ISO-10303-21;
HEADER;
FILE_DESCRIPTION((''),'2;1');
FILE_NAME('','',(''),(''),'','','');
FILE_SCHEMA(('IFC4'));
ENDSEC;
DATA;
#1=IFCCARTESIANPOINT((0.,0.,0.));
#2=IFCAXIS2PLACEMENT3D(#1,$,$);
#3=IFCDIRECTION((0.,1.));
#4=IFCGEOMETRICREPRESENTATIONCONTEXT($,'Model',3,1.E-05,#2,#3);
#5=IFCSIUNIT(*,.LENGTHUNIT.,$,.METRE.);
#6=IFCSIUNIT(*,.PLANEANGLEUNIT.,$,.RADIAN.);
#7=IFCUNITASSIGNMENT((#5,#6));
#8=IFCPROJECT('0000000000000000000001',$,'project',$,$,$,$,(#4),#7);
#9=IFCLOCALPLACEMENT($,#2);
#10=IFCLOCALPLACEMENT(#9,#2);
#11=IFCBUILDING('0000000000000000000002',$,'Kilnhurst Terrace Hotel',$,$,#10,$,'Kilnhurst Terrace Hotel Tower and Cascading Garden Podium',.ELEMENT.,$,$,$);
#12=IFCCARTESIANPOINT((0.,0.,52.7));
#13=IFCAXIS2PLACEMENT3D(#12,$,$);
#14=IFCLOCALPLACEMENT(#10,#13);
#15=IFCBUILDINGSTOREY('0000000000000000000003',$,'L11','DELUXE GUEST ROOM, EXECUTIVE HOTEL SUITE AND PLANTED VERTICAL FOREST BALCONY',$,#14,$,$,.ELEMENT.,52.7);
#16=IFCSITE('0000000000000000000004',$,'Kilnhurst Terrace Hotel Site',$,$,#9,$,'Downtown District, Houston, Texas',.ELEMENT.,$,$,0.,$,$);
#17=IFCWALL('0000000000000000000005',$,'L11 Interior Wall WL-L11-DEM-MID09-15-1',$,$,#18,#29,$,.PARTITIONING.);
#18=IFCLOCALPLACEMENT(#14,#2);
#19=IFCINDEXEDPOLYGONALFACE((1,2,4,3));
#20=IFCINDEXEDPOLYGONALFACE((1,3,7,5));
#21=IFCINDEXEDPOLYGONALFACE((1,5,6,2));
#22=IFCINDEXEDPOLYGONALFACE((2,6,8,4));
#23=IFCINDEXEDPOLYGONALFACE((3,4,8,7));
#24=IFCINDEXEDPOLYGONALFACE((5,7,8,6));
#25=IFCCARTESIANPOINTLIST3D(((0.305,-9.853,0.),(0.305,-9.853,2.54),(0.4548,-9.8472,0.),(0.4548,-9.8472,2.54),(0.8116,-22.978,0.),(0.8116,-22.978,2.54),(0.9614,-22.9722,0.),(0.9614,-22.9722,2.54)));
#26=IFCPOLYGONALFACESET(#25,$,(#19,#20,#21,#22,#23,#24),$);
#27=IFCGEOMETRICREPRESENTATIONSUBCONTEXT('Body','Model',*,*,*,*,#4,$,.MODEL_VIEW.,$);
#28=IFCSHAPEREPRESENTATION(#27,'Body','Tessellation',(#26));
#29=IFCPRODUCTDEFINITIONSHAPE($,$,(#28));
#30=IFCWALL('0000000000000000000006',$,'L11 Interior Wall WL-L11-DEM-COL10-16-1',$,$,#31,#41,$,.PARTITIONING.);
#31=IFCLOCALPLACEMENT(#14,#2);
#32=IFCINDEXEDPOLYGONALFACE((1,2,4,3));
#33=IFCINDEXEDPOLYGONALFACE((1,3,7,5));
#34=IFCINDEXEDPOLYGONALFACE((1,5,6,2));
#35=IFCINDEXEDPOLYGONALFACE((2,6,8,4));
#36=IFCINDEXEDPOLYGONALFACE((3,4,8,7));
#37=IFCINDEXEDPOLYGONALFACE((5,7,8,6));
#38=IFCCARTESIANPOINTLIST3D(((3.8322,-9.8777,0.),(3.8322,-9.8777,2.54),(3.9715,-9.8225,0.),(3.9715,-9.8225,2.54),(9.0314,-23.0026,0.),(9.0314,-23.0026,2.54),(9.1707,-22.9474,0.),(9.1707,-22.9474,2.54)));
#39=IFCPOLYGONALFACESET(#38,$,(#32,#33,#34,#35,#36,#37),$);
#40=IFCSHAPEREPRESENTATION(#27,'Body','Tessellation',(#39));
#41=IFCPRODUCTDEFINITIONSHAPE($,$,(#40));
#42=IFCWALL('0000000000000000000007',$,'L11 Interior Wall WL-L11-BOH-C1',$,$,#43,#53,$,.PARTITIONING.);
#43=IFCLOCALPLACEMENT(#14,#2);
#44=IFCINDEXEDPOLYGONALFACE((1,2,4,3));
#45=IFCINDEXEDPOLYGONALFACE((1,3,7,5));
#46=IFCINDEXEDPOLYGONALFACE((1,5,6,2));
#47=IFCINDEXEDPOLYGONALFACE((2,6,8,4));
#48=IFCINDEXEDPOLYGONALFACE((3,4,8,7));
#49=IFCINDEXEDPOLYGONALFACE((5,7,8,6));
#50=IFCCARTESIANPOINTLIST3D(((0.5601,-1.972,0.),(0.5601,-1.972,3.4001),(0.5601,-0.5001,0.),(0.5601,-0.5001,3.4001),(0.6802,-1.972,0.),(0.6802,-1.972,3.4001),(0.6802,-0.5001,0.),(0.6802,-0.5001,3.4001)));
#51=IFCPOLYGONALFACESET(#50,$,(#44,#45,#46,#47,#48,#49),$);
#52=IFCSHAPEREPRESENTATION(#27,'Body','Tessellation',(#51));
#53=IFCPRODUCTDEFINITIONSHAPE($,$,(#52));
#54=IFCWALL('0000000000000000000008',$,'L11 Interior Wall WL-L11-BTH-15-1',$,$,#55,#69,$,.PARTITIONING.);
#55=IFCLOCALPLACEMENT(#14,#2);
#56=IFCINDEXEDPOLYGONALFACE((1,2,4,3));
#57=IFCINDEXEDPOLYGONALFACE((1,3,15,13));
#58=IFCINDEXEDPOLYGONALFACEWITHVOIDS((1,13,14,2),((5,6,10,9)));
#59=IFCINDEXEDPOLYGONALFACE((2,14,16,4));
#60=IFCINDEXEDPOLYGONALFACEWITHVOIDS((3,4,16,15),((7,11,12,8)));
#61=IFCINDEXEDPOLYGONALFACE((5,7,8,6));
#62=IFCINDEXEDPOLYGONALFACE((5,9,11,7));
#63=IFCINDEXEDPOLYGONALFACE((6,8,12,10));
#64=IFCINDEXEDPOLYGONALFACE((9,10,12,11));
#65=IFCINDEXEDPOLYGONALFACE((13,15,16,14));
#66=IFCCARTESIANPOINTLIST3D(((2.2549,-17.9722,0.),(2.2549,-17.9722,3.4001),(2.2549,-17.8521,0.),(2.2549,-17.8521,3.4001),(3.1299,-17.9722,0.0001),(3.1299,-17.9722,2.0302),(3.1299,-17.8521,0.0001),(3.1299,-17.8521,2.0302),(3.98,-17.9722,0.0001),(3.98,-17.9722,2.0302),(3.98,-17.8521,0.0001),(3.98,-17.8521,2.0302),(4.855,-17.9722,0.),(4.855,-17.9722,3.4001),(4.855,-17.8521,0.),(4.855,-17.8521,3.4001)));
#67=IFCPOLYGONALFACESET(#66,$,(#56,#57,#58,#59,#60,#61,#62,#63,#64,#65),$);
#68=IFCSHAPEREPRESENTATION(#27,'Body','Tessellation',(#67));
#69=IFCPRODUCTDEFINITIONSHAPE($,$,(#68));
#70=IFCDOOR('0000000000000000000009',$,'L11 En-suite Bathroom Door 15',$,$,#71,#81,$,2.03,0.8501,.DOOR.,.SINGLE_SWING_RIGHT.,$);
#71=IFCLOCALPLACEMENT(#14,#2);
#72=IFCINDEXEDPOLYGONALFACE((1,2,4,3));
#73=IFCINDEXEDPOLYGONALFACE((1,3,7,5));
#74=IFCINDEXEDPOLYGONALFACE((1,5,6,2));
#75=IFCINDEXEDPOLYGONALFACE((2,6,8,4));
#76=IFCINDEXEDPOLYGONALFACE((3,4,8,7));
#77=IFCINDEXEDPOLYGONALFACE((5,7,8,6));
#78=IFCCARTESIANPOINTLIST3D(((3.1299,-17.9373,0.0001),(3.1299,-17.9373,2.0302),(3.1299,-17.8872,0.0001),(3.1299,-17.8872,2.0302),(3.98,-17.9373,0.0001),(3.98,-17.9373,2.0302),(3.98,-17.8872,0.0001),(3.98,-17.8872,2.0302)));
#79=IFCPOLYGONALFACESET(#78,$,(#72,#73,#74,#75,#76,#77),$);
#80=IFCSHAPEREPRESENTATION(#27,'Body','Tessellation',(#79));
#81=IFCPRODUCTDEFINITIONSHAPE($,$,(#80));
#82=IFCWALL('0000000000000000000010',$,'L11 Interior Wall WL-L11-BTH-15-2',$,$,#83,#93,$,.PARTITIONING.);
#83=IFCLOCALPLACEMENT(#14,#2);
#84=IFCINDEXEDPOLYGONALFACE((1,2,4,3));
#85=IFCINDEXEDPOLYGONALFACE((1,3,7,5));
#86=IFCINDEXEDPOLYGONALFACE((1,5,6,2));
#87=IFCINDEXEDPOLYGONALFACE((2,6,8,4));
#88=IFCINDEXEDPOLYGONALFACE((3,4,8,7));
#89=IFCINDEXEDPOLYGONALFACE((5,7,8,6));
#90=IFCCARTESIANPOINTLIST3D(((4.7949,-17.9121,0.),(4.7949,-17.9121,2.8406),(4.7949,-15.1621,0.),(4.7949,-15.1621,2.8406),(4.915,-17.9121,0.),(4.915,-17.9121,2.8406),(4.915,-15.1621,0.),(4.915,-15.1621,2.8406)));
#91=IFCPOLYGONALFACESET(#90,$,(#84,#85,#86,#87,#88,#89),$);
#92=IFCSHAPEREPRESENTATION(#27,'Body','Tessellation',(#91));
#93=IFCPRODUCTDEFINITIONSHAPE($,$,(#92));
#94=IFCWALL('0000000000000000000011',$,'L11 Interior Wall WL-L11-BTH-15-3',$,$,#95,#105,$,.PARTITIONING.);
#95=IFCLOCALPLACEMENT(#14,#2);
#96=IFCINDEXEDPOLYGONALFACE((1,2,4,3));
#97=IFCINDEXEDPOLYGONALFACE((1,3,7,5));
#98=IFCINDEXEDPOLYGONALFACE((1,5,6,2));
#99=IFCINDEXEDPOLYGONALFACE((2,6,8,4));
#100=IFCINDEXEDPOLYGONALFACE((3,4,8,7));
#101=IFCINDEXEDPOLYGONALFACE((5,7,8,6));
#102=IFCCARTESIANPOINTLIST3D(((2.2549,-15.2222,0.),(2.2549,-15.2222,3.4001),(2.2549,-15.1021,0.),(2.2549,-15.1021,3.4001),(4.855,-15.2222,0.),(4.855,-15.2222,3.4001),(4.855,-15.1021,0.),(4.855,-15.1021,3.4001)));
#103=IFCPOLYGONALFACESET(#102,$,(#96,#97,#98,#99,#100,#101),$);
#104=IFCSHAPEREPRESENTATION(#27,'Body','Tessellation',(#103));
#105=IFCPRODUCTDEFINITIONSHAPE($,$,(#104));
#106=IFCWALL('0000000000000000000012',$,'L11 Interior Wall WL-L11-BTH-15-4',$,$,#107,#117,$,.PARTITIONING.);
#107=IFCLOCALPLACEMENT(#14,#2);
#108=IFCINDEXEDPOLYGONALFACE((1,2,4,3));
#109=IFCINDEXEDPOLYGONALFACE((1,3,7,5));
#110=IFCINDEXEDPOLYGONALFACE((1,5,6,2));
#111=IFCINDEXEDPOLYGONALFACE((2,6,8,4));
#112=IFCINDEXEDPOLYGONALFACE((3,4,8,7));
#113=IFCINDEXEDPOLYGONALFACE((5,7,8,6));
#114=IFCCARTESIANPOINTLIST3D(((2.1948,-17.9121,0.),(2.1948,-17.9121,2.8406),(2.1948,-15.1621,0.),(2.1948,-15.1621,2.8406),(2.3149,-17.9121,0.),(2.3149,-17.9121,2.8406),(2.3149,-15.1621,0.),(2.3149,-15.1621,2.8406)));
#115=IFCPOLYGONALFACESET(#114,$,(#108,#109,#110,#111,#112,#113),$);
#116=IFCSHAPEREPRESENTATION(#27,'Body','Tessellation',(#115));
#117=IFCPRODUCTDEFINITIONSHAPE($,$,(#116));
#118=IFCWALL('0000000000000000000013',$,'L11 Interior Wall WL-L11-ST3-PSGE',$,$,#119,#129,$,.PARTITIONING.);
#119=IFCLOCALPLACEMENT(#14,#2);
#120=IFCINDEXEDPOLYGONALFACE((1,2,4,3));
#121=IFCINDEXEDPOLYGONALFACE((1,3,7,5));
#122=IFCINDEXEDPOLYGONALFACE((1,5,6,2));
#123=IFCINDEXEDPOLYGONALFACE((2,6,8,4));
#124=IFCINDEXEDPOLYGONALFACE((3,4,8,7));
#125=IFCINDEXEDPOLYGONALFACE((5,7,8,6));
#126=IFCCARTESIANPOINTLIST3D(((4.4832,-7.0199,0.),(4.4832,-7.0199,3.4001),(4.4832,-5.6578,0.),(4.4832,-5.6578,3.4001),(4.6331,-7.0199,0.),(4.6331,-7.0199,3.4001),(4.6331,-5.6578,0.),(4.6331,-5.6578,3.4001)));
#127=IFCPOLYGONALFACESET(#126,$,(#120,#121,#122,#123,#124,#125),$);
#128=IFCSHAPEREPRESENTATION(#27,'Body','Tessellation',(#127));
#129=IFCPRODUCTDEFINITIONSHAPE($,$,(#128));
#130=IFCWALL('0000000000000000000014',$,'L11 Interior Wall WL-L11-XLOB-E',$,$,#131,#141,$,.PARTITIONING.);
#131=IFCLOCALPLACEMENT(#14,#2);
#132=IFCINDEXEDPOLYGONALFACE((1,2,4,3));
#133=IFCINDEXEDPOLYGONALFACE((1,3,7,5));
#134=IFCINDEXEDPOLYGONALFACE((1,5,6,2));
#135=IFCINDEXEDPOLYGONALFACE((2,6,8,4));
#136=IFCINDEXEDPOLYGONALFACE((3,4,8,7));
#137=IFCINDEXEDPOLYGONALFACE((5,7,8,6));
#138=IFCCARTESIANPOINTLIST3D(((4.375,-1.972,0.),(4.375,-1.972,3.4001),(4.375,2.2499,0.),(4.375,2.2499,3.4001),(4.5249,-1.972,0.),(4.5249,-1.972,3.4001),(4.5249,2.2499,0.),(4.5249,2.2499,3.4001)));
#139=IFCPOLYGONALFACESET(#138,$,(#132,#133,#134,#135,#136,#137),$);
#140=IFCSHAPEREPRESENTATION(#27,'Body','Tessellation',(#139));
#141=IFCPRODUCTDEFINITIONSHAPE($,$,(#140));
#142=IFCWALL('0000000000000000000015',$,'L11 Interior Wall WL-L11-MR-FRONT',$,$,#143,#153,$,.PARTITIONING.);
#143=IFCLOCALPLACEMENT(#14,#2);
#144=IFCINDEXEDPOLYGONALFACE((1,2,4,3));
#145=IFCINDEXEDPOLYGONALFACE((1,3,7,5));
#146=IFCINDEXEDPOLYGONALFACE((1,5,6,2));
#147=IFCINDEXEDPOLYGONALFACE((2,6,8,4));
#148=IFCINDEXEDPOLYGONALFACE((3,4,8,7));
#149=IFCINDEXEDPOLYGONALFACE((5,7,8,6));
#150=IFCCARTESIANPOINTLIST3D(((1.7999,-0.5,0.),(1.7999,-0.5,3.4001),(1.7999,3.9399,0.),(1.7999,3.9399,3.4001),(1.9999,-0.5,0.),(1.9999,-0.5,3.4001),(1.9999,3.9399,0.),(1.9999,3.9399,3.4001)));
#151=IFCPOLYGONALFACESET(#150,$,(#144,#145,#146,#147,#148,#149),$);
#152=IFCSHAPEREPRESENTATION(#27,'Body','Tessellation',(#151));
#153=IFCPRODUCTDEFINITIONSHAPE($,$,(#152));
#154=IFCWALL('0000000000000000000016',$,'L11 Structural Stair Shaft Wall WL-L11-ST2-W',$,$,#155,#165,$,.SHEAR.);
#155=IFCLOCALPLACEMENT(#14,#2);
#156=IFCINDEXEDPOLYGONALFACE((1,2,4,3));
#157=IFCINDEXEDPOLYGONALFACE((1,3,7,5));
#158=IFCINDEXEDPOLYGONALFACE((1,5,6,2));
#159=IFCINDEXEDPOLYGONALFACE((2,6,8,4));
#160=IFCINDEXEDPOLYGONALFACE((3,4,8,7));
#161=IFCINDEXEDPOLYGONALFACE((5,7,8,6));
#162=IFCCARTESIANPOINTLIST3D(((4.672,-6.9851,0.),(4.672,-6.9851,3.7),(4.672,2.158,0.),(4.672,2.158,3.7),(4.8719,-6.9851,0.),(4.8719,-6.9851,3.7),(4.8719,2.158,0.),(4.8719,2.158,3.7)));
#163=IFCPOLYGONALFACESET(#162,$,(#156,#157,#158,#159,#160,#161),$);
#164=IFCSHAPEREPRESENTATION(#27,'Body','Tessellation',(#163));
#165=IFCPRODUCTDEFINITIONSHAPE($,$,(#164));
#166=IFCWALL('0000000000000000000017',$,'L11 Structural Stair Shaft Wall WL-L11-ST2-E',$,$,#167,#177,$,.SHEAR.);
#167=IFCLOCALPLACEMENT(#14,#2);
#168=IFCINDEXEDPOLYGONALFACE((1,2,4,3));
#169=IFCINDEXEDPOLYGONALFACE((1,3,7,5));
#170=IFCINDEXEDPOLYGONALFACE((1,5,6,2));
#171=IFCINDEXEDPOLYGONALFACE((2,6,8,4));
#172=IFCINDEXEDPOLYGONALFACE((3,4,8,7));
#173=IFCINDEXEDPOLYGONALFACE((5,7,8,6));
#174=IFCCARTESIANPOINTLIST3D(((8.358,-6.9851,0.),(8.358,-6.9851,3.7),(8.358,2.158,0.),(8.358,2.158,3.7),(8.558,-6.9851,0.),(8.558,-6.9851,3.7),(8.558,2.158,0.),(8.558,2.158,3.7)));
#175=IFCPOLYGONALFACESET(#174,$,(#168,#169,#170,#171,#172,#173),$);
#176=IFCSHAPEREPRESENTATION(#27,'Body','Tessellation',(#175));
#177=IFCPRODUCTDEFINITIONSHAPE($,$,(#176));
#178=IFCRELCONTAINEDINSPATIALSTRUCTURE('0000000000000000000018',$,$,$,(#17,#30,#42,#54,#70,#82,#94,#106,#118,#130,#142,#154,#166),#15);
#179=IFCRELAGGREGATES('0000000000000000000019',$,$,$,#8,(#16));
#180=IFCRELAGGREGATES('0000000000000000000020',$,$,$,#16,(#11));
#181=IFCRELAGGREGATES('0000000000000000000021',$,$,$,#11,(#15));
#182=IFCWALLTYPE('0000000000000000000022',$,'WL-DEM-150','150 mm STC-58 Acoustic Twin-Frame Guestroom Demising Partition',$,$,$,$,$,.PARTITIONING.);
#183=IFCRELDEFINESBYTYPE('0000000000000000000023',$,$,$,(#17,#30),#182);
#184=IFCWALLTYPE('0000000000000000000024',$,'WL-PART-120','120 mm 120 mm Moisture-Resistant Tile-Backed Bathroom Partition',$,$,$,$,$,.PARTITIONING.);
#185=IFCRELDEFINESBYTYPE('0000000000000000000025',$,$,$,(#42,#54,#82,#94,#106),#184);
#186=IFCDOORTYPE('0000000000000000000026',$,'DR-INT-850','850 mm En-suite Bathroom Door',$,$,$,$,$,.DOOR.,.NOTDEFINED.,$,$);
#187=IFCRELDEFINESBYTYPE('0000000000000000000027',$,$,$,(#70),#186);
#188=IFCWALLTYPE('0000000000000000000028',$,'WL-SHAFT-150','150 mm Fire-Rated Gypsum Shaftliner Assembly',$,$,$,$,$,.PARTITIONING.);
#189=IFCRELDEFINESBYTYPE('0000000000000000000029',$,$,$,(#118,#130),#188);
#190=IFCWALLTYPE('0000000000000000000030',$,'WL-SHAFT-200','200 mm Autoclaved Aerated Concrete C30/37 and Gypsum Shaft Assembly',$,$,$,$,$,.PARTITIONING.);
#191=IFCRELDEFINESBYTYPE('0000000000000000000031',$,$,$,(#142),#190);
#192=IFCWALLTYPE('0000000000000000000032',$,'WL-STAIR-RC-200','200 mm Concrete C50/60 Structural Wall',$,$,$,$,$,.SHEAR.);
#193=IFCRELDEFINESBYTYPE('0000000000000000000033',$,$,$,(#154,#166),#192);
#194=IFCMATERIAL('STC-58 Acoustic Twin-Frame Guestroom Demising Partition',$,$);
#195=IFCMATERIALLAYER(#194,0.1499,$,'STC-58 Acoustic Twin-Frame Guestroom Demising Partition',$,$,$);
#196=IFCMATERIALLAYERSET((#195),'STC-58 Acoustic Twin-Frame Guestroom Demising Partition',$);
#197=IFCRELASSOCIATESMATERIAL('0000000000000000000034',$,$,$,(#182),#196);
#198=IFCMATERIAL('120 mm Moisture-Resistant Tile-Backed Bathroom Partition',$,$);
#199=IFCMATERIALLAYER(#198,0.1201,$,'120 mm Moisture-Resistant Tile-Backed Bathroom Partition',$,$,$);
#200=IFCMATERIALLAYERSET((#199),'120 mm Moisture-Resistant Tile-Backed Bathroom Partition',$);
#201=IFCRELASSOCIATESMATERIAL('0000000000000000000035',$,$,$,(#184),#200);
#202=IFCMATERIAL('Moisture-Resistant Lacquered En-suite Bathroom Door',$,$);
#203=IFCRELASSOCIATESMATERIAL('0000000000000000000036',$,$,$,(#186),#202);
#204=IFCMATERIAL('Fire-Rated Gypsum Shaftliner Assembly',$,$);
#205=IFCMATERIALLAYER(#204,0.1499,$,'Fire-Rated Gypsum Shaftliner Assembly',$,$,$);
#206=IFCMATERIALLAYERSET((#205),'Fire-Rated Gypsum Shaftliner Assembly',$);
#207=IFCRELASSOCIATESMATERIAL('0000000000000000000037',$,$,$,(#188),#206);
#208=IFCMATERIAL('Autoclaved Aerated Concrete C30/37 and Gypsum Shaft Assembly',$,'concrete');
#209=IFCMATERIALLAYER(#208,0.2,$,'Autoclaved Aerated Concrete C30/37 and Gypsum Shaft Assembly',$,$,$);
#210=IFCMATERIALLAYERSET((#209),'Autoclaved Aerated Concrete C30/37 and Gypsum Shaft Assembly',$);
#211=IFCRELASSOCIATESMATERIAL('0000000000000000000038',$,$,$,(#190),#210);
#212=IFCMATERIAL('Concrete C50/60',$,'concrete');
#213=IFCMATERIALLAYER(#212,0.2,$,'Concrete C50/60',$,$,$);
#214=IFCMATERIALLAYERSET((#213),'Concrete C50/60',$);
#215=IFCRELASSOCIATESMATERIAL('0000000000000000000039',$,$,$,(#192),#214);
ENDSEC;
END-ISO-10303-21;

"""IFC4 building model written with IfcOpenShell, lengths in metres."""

from ifc_helpers import new_model, si_unit, direction, frame, frame_2d, origin, place, context, subcontext, project, spatial, rectangle, extrude, material, layer, layer_set, type_object, element, fill, save


model = new_model("IFC4")

# Units and contexts
model_context = context("Model", 3, precision=1e-05, world=origin(), true_north=direction((0.0, 1.0)))
body_context = subcontext(model_context, "Body", "Model", "MODEL_VIEW")
ifc_project = project(units=[si_unit("LENGTHUNIT", "METRE"), si_unit("PLANEANGLEUNIT", "RADIAN")], contexts=[model_context])

# Site, building, storey
site_placement = place(None, origin())
site = spatial("IfcSite", under=ifc_project, at=site_placement, Name="Kilnhurst Terrace Hotel Site", LongName="Downtown District, Houston, Texas", CompositionType="ELEMENT", RefElevation=0.0)
building_placement = place(site_placement, origin())
building = spatial("IfcBuilding", under=site, at=building_placement, Name="Kilnhurst Terrace Hotel", LongName="Kilnhurst Terrace Hotel Tower and Cascading Garden Podium", CompositionType="ELEMENT")
storey_placement = place(building_placement, frame((0.0, 0.0, 52.7)))
storey = spatial("IfcBuildingStorey", under=building, at=storey_placement, Name="L11", Description="DELUXE GUEST ROOM, EXECUTIVE HOTEL SUITE AND PLANTED VERTICAL FOREST BALCONY", CompositionType="ELEMENT", Elevation=52.7)

# Shared definitions
ifc_material_1 = material(Name="Concrete C50/60", Category="concrete")

# Walls
ifc_material_2 = material(Name="STC-58 Acoustic Twin-Frame Guestroom Demising Partition")
ifc_layer_1 = layer(ifc_material_2, 0.1499, Name="STC-58 Acoustic Twin-Frame Guestroom Demising Partition")
ifc_layer_set_1 = layer_set([ifc_layer_1], Name="STC-58 Acoustic Twin-Frame Guestroom Demising Partition")
wall_type_1 = type_object("IfcWallType", Name="WL-DEM-150", Description="150 mm STC-58 Acoustic Twin-Frame Guestroom Demising Partition", PredefinedType="PARTITIONING", material=ifc_layer_set_1)
wall_1_placement = place(storey_placement, frame((0.3799, -9.8501, 0.0), z_axis=(0.0, 0.0, 1.0), x_axis=(0.038569, -0.999256, 0.0)))
element("IfcWall", 1, at=wall_1_placement, inside=storey, type_object=wall_type_1, Name="L11 Interior Wall WL-L11-DEM-MID09-15-1", PredefinedType="PARTITIONING", context=body_context, shape_type="SweptSolid", body=[
    extrude(rectangle(XDim=13.1348, YDim=0.1499, at=frame_2d((6.5674, 0.0))), origin(), (0.0, 0.0, 1.0), 2.54),
])
wall_2_placement = place(storey_placement, frame((3.9019, -9.8501, 0.0), z_axis=(0.0, 0.0, 1.0), x_axis=(0.368288, -0.929712, 0.0)))
element("IfcWall", 2, at=wall_2_placement, inside=storey, type_object=wall_type_1, Name="L11 Interior Wall WL-L11-DEM-COL10-16-1", PredefinedType="PARTITIONING", context=body_context, shape_type="SweptSolid", body=[
    extrude(rectangle(XDim=14.1172, YDim=0.1499, at=frame_2d((7.0586, 0.0))), origin(), (0.0, 0.0, 1.0), 2.54),
])
ifc_material_3 = material(Name="120 mm Moisture-Resistant Tile-Backed Bathroom Partition")
ifc_layer_2 = layer(ifc_material_3, 0.1201, Name="120 mm Moisture-Resistant Tile-Backed Bathroom Partition")
ifc_layer_set_2 = layer_set([ifc_layer_2], Name="120 mm Moisture-Resistant Tile-Backed Bathroom Partition")
wall_type_2 = type_object("IfcWallType", Name="WL-PART-120", Description="120 mm 120 mm Moisture-Resistant Tile-Backed Bathroom Partition", PredefinedType="PARTITIONING", material=ifc_layer_set_2)
wall_3_placement = place(storey_placement, frame((0.6201, -1.9719, 0.0), z_axis=(0.0, 0.0, 1.0), x_axis=(0.0, 1.0, 0.0)))
element("IfcWall", 3, at=wall_3_placement, inside=storey, type_object=wall_type_2, Name="L11 Interior Wall WL-L11-BOH-C1", PredefinedType="PARTITIONING", context=body_context, shape_type="SweptSolid", body=[
    extrude(rectangle(XDim=1.4719, YDim=0.1201, at=frame_2d((0.7358, 0.0))), origin(), (0.0, 0.0, 1.0), 3.4001),
])

# Wall, opening, door
wall_4_placement = place(storey_placement, frame((2.2549, -17.9121, 0.0), z_axis=(0.0, 0.0, 1.0), x_axis=(1.0, 0.0, 0.0)))
wall_4 = element("IfcWall", 4, at=wall_4_placement, inside=storey, type_object=wall_type_2, Name="L11 Interior Wall WL-L11-BTH-15-1", PredefinedType="PARTITIONING", context=body_context, shape_type="SweptSolid", body=[
    extrude(rectangle(XDim=2.6001, YDim=0.1201, at=frame_2d((1.3, 0.0))), origin(), (0.0, 0.0, 1.0), 3.4001),
])
opening_1_placement = place(wall_4_placement, frame((0.875, 0.0, 0.0)))
opening_1 = element("IfcOpeningElement", 5, at=opening_1_placement, cuts=wall_4, PredefinedType="OPENING", context=body_context, shape_type="SweptSolid", body=[
    extrude(rectangle(XDim=0.8501, YDim=2.03, at=frame_2d((0.425, 1.0151))), frame((0.0, 0.0701, 0.0), z_axis=(0.0, -1.0, 0.0), x_axis=(1.0, 0.0, 0.0)), (0.0, 0.0, 1.0), 0.1401),
])
ifc_material_4 = material(Name="Moisture-Resistant Lacquered En-suite Bathroom Door")
door_type_1 = type_object("IfcDoorType", Name="DR-INT-850", Description="850 mm En-suite Bathroom Door", OperationType="NOTDEFINED", PredefinedType="DOOR", material=ifc_material_4)
door_1_placement = place(opening_1_placement, origin())
door_1 = element("IfcDoor", 6, at=door_1_placement, inside=storey, type_object=door_type_1, Name="L11 En-suite Bathroom Door 15", OperationType="SINGLE_SWING_RIGHT", OverallHeight=2.03, OverallWidth=0.8501, PredefinedType="DOOR", context=body_context, shape_type="SweptSolid", body=[
    extrude(rectangle(XDim=0.8501, YDim=2.03, at=frame_2d((0.425, 1.0151))), frame((0.0, 0.0249, 0.0), z_axis=(0.0, -1.0, 0.0), x_axis=(1.0, 0.0, 0.0)), (0.0, 0.0, 1.0), 0.05),
])
fill(opening_1, door_1)

# Walls
wall_5_placement = place(storey_placement, frame((4.855, -17.9121, 0.0), z_axis=(0.0, 0.0, 1.0), x_axis=(0.0, 1.0, 0.0)))
element("IfcWall", 7, at=wall_5_placement, inside=storey, type_object=wall_type_2, Name="L11 Interior Wall WL-L11-BTH-15-2", PredefinedType="PARTITIONING", context=body_context, shape_type="SweptSolid", body=[
    extrude(rectangle(XDim=2.75, YDim=0.1201, at=frame_2d((1.375, 0.0))), origin(), (0.0, 0.0, 1.0), 2.8406),
])
wall_6_placement = place(storey_placement, frame((4.855, -15.1621, 0.0), z_axis=(0.0, 0.0, 1.0), x_axis=(-1.0, 0.0, 0.0)))
element("IfcWall", 8, at=wall_6_placement, inside=storey, type_object=wall_type_2, Name="L11 Interior Wall WL-L11-BTH-15-3", PredefinedType="PARTITIONING", context=body_context, shape_type="SweptSolid", body=[
    extrude(rectangle(XDim=2.6001, YDim=0.1201, at=frame_2d((1.3, 0.0))), origin(), (0.0, 0.0, 1.0), 3.4001),
])
wall_7_placement = place(storey_placement, frame((2.2549, -15.1621, 0.0), z_axis=(0.0, 0.0, 1.0), x_axis=(0.0, -1.0, 0.0)))
element("IfcWall", 9, at=wall_7_placement, inside=storey, type_object=wall_type_2, Name="L11 Interior Wall WL-L11-BTH-15-4", PredefinedType="PARTITIONING", context=body_context, shape_type="SweptSolid", body=[
    extrude(rectangle(XDim=2.75, YDim=0.1201, at=frame_2d((1.375, 0.0))), origin(), (0.0, 0.0, 1.0), 2.8406),
])
ifc_material_5 = material(Name="Fire-Rated Gypsum Shaftliner Assembly")
ifc_layer_3 = layer(ifc_material_5, 0.1499, Name="Fire-Rated Gypsum Shaftliner Assembly")
ifc_layer_set_3 = layer_set([ifc_layer_3], Name="Fire-Rated Gypsum Shaftliner Assembly")
wall_type_3 = type_object("IfcWallType", Name="WL-SHAFT-150", Description="150 mm Fire-Rated Gypsum Shaftliner Assembly", PredefinedType="PARTITIONING", material=ifc_layer_set_3)
wall_8_placement = place(storey_placement, frame((4.5581, -7.02, 0.0), z_axis=(0.0, 0.0, 1.0), x_axis=(0.0, 1.0, 0.0)))
element("IfcWall", 10, at=wall_8_placement, inside=storey, type_object=wall_type_3, Name="L11 Interior Wall WL-L11-ST3-PSGE", PredefinedType="PARTITIONING", context=body_context, shape_type="SweptSolid", body=[
    extrude(rectangle(XDim=1.3621, YDim=0.1499, at=frame_2d((0.6812, 0.0))), origin(), (0.0, 0.0, 1.0), 3.4001),
])
wall_9_placement = place(storey_placement, frame((4.45, -1.9719, 0.0), z_axis=(0.0, 0.0, 1.0), x_axis=(0.0, 1.0, 0.0)))
element("IfcWall", 11, at=wall_9_placement, inside=storey, type_object=wall_type_3, Name="L11 Interior Wall WL-L11-XLOB-E", PredefinedType="PARTITIONING", context=body_context, shape_type="SweptSolid", body=[
    extrude(rectangle(XDim=4.2219, YDim=0.1499, at=frame_2d((2.1108, 0.0))), origin(), (0.0, 0.0, 1.0), 3.4001),
])
ifc_material_6 = material(Name="Autoclaved Aerated Concrete C30/37 and Gypsum Shaft Assembly", Category="concrete")
ifc_layer_4 = layer(ifc_material_6, 0.2, Name="Autoclaved Aerated Concrete C30/37 and Gypsum Shaft Assembly")
ifc_layer_set_4 = layer_set([ifc_layer_4], Name="Autoclaved Aerated Concrete C30/37 and Gypsum Shaft Assembly")
wall_type_4 = type_object("IfcWallType", Name="WL-SHAFT-200", Description="200 mm Autoclaved Aerated Concrete C30/37 and Gypsum Shaft Assembly", PredefinedType="PARTITIONING", material=ifc_layer_set_4)
wall_10_placement = place(storey_placement, frame((1.8999, -0.5, 0.0), z_axis=(0.0, 0.0, 1.0), x_axis=(0.0, 1.0, 0.0)))
element("IfcWall", 12, at=wall_10_placement, inside=storey, type_object=wall_type_4, Name="L11 Interior Wall WL-L11-MR-FRONT", PredefinedType="PARTITIONING", context=body_context, shape_type="SweptSolid", body=[
    extrude(rectangle(XDim=4.4399, YDim=0.2, at=frame_2d((2.22, 0.0))), origin(), (0.0, 0.0, 1.0), 3.4001),
])
ifc_layer_5 = layer(ifc_material_1, 0.2, Name="Concrete C50/60")
ifc_layer_set_5 = layer_set([ifc_layer_5], Name="Concrete C50/60")
wall_type_5 = type_object("IfcWallType", Name="WL-STAIR-RC-200", Description="200 mm Concrete C50/60 Structural Wall", PredefinedType="SHEAR", material=ifc_layer_set_5)
for number, where, z_axis, x_axis, name in (
    (13, (4.772, -6.9851, 0.0), (0.0, 0.0, 1.0), (0.0, 1.0, 0.0), "L11 Structural Stair Shaft Wall WL-L11-ST2-W"),
    (14, (8.458, -6.9851, 0.0), (0.0, 0.0, 1.0), (0.0, 1.0, 0.0), "L11 Structural Stair Shaft Wall WL-L11-ST2-E"),
):
    element("IfcWall", number, at=place(storey_placement, frame(where, z_axis=z_axis, x_axis=x_axis)), inside=storey, type_object=wall_type_5, Name=name, PredefinedType="SHEAR", context=body_context, shape_type="SweptSolid", body=[
        extrude(rectangle(XDim=9.1431, YDim=0.2, at=frame_2d((4.5715, 0.0))), origin(), (0.0, 0.0, 1.0), 3.7),
    ])

save(model, "model.ifc")
